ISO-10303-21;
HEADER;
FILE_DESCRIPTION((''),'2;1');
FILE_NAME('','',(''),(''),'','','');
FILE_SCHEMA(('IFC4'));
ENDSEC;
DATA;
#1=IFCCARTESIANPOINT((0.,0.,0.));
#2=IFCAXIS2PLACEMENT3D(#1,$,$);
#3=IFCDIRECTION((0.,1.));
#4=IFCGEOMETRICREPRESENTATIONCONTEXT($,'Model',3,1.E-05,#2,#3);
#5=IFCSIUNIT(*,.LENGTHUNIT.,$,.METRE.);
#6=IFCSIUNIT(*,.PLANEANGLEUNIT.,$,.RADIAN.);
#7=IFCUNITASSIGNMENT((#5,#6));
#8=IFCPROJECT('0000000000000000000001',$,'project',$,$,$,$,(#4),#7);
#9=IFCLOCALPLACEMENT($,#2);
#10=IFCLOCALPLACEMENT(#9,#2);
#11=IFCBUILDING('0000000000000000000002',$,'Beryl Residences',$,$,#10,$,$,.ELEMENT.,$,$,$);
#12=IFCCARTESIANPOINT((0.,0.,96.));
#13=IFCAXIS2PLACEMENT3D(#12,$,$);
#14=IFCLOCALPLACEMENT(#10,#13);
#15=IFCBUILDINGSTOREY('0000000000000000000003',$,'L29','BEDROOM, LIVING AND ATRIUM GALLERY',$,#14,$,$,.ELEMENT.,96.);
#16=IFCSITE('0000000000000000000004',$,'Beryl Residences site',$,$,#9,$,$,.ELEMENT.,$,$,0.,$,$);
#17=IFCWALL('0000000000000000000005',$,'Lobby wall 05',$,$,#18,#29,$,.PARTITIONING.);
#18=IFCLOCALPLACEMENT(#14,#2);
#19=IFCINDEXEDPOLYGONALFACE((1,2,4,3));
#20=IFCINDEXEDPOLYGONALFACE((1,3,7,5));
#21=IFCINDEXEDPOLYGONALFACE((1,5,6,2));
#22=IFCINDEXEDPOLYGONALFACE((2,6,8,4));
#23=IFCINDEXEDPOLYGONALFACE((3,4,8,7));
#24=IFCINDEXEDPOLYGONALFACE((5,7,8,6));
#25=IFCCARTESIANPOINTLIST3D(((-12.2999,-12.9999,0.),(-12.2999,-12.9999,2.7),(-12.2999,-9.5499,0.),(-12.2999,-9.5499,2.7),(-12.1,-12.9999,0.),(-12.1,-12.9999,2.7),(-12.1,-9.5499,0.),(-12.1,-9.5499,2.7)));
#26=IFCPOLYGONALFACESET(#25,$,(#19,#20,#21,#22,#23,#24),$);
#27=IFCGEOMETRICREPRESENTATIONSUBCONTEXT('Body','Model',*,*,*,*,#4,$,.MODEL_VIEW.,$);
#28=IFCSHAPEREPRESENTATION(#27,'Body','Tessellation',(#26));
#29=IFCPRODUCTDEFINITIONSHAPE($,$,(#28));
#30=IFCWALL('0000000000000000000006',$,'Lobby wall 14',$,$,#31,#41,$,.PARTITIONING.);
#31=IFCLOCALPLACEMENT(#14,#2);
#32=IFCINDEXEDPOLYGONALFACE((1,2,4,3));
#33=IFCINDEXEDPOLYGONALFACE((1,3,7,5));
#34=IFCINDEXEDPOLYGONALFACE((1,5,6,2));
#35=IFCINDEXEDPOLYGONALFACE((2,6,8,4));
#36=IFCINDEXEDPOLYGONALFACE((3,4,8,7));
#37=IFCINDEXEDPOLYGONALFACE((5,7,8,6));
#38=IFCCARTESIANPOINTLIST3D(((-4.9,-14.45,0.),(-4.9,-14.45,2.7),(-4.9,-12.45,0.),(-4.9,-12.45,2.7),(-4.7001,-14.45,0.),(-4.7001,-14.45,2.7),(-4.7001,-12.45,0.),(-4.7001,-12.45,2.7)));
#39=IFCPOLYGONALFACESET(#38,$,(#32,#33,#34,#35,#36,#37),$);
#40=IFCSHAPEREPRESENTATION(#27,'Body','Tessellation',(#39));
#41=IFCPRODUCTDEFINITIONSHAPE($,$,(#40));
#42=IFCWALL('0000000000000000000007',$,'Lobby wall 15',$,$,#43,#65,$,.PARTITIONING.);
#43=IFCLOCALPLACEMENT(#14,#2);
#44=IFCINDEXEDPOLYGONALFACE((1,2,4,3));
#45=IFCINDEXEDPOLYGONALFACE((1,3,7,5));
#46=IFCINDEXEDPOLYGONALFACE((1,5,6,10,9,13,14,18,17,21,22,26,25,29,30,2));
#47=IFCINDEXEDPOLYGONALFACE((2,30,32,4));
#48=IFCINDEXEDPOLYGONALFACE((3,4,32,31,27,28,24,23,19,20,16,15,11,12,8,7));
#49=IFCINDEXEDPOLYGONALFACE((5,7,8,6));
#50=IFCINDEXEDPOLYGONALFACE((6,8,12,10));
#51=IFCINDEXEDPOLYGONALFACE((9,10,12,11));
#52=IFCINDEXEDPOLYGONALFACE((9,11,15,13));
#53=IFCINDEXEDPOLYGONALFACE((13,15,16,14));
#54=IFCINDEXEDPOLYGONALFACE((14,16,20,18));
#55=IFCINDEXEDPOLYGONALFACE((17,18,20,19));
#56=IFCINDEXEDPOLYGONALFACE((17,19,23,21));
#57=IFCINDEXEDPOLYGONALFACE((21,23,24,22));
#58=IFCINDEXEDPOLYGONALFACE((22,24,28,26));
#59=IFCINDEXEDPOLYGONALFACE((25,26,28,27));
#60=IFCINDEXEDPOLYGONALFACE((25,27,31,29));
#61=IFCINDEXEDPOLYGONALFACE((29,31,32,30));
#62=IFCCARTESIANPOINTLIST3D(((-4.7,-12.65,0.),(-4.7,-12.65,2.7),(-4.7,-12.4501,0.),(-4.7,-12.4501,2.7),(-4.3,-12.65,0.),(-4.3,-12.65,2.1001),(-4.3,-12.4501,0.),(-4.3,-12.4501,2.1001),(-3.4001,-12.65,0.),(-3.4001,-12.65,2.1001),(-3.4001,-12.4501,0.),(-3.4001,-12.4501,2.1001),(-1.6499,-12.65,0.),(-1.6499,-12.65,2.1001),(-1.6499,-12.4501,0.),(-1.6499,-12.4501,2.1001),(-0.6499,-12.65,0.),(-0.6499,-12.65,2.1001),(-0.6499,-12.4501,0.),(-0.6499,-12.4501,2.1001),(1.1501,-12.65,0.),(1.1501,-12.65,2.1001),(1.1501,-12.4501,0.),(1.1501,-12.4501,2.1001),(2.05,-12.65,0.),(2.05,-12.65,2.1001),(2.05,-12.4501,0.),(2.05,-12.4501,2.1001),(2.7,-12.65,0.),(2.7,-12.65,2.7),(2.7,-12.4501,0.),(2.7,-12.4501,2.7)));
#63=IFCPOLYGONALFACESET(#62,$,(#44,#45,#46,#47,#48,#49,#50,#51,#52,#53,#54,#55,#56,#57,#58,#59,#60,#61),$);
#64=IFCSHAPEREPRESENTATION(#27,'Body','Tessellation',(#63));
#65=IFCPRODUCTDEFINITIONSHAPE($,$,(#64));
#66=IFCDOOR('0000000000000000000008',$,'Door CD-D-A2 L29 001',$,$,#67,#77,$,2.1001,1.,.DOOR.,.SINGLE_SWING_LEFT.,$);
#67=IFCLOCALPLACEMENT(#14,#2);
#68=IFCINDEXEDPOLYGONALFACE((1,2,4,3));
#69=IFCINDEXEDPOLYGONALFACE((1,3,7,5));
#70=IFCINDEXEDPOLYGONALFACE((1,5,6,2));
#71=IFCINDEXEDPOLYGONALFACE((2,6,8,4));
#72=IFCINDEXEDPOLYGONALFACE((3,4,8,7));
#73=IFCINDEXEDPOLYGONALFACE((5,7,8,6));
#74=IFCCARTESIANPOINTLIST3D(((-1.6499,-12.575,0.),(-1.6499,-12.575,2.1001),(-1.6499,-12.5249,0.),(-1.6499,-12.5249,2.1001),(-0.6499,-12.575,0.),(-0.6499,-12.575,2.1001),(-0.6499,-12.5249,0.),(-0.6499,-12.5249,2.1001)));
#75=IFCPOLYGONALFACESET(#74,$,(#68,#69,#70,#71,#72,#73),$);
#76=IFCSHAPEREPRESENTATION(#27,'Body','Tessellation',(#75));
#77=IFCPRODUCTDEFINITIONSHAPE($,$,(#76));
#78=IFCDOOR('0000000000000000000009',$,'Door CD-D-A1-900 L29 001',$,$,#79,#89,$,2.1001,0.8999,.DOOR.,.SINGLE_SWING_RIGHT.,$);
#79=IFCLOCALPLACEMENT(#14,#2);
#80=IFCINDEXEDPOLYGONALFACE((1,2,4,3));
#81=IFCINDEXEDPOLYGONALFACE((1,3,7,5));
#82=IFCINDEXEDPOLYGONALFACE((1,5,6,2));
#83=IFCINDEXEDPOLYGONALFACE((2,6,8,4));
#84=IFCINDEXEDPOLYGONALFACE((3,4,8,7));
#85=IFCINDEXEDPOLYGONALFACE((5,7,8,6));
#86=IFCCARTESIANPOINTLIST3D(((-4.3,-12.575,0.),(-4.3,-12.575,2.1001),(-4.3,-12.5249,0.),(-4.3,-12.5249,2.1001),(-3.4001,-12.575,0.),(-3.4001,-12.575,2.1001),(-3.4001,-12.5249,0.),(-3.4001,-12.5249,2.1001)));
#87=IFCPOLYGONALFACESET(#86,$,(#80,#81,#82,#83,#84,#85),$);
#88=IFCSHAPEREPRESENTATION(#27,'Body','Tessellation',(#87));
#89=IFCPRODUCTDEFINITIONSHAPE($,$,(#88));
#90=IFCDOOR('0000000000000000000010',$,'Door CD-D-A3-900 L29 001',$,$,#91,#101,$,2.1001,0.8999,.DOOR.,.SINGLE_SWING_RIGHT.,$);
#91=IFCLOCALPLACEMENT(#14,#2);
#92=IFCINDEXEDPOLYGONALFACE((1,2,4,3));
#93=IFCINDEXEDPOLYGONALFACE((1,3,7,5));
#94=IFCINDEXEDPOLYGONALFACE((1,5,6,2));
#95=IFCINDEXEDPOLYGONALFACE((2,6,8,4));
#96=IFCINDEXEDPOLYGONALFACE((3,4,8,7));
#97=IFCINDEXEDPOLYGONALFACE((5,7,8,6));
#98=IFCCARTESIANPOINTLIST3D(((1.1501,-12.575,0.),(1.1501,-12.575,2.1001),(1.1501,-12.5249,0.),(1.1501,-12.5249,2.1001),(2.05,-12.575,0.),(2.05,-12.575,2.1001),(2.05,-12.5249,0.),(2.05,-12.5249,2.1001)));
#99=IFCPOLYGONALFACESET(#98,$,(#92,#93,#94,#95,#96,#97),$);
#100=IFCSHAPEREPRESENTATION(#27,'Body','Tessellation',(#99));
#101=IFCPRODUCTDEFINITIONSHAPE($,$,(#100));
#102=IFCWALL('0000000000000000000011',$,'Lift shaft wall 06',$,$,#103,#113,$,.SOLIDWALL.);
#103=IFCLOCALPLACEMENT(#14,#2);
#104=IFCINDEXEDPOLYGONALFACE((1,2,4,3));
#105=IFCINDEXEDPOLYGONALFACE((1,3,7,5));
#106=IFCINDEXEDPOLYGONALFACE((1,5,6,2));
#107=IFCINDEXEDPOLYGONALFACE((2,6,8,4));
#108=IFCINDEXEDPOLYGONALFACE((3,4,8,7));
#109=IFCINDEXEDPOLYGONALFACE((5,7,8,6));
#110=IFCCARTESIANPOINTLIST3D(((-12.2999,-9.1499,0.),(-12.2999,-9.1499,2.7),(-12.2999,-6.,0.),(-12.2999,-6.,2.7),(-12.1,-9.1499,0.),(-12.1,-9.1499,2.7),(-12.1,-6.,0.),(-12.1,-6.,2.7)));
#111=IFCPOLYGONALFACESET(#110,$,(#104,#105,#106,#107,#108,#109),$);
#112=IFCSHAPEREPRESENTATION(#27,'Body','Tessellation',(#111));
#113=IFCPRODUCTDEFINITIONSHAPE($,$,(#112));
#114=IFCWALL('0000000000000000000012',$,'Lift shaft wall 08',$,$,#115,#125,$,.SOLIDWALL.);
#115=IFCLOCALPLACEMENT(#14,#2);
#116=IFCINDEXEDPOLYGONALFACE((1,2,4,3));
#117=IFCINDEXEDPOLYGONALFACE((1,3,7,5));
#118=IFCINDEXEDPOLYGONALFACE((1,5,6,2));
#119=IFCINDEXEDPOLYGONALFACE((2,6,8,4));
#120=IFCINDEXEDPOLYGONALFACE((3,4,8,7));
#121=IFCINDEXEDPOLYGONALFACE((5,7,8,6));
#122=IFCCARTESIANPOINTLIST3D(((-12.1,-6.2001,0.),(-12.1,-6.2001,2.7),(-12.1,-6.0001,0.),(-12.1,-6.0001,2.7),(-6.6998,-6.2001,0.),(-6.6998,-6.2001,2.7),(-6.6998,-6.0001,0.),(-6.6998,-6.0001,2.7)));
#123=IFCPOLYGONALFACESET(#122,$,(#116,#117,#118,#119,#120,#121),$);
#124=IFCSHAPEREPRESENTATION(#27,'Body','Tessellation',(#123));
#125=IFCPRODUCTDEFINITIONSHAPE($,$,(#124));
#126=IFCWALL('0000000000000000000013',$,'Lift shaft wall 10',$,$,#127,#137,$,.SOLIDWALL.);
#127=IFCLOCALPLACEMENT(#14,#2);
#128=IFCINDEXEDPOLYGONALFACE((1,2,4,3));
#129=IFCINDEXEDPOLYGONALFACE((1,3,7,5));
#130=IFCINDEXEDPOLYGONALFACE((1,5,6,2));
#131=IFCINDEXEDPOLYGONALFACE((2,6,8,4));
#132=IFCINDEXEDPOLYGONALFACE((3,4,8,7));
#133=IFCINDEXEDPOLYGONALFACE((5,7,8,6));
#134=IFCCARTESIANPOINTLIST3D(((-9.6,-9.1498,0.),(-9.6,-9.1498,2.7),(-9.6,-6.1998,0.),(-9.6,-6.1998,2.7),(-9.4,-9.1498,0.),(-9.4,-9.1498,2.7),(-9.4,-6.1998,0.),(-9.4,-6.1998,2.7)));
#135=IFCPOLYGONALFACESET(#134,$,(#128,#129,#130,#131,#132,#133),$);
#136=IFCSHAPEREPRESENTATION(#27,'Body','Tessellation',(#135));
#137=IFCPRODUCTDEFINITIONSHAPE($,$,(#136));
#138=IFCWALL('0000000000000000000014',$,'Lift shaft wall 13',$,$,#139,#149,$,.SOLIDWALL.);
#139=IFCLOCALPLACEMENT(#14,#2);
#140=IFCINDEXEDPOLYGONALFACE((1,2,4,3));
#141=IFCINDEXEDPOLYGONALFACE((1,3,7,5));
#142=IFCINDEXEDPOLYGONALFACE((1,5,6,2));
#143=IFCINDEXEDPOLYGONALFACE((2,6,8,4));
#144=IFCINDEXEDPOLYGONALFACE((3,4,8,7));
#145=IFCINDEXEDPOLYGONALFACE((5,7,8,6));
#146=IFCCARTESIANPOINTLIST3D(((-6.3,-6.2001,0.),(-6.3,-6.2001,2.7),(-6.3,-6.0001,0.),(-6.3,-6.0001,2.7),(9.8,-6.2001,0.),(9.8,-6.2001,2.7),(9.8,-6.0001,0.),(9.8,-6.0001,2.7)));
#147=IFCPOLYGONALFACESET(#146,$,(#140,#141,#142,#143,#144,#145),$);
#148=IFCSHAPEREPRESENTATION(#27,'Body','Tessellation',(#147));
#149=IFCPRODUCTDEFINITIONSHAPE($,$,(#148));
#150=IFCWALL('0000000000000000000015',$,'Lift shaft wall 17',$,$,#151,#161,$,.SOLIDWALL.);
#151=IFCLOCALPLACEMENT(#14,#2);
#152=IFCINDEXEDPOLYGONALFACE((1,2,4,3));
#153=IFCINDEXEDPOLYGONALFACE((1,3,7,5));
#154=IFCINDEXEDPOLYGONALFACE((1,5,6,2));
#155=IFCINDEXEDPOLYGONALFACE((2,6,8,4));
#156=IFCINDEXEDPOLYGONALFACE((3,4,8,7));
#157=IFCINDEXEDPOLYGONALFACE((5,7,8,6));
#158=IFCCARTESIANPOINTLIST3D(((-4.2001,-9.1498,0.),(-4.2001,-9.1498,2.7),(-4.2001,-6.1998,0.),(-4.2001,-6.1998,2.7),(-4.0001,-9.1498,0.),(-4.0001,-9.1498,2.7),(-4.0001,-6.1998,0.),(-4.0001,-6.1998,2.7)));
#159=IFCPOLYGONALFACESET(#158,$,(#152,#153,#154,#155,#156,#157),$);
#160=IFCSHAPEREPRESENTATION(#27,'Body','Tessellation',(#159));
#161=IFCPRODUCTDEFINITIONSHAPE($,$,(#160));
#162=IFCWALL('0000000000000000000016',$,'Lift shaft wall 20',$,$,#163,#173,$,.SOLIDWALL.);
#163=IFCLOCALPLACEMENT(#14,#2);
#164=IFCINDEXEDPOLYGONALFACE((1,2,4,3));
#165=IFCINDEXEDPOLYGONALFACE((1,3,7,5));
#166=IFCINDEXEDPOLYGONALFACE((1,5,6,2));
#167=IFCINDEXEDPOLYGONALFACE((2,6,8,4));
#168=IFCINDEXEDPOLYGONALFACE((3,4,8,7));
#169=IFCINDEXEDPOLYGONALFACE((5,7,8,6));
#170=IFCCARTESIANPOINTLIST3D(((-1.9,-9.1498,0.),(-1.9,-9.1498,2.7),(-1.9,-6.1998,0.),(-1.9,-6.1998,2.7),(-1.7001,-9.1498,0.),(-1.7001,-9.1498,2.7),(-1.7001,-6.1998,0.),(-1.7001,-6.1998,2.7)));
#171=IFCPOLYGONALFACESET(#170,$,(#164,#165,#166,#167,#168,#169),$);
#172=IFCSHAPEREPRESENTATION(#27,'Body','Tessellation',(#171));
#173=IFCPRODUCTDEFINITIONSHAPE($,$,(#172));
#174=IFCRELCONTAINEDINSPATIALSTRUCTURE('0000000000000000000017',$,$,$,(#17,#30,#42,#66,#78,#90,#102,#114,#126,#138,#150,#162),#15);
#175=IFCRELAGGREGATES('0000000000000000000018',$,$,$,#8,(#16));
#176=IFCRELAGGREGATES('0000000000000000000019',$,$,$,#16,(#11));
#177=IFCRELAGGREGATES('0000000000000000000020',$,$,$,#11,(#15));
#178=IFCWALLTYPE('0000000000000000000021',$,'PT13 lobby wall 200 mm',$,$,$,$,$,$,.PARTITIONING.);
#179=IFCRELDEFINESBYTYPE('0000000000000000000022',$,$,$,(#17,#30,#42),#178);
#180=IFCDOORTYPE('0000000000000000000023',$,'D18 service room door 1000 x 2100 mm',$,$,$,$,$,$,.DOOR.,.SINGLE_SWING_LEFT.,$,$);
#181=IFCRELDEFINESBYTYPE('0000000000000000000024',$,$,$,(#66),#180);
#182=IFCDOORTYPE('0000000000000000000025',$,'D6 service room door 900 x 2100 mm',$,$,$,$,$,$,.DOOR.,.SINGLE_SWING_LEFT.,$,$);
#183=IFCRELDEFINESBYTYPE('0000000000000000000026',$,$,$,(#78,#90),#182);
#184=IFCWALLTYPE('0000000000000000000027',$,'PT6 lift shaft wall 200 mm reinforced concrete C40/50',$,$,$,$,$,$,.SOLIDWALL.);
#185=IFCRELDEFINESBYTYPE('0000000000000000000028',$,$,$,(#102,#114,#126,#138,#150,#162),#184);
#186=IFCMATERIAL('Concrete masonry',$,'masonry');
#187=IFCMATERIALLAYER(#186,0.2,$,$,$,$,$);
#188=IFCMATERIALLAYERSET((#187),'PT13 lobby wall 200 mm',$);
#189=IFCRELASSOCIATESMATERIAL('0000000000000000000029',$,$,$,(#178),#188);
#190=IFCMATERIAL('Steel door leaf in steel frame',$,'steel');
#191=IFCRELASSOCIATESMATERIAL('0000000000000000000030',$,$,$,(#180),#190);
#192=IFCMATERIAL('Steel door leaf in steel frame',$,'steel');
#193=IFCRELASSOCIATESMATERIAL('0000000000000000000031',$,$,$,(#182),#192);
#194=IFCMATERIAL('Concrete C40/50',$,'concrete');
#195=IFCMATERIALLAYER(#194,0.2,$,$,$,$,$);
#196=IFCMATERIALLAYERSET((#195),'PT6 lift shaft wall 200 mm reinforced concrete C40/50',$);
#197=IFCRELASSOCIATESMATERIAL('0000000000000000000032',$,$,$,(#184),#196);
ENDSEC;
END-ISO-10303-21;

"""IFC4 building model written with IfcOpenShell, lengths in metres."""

from ifc_helpers import new_model, si_unit, direction, frame, frame_2d, origin, place, context, subcontext, project, spatial, rectangle, extrude, material, layer, layer_set, type_object, element, fill, save


model = new_model("IFC4")

# Units and contexts
model_context = context("Model", 3, precision=1e-05, world=origin(), true_north=direction((0.0, 1.0)))
body_context = subcontext(model_context, "Body", "Model", "MODEL_VIEW")
ifc_project = project(units=[si_unit("LENGTHUNIT", "METRE"), si_unit("PLANEANGLEUNIT", "RADIAN")], contexts=[model_context])

# Site, building, storey
site_placement = place(None, origin())
site = spatial("IfcSite", under=ifc_project, at=site_placement, Name="Beryl Residences site", CompositionType="ELEMENT", RefElevation=0.0)
building_placement = place(site_placement, origin())
building = spatial("IfcBuilding", under=site, at=building_placement, Name="Beryl Residences", CompositionType="ELEMENT")
storey_placement = place(building_placement, frame((0.0, 0.0, 96.0)))
storey = spatial("IfcBuildingStorey", under=building, at=storey_placement, Name="L29", Description="BEDROOM, LIVING AND ATRIUM GALLERY", CompositionType="ELEMENT", Elevation=96.0)

# Walls
ifc_material_1 = material(Name="Concrete masonry", Category="masonry")
ifc_layer_1 = layer(ifc_material_1, 0.2)
ifc_layer_set_1 = layer_set([ifc_layer_1], Name="PT13 lobby wall 200 mm")
wall_type_1 = type_object("IfcWallType", Name="PT13 lobby wall 200 mm", PredefinedType="PARTITIONING", material=ifc_layer_set_1)
wall_1_placement = place(storey_placement, frame((-12.2, -13.0, 0.0), z_axis=(0.0, 0.0, 1.0), x_axis=(0.0, 1.0, 0.0)))
element("IfcWall", 1, at=wall_1_placement, inside=storey, type_object=wall_type_1, Name="Lobby wall 05", PredefinedType="PARTITIONING", context=body_context, shape_type="SweptSolid", body=[
    extrude(rectangle(XDim=3.45, YDim=0.2, at=frame_2d((1.7251, 0.0))), origin(), (0.0, 0.0, 1.0), 2.7),
])
wall_2_placement = place(storey_placement, frame((-4.8, -14.45, 0.0), z_axis=(0.0, 0.0, 1.0), x_axis=(0.0, 1.0, 0.0)))
element("IfcWall", 2, at=wall_2_placement, inside=storey, type_object=wall_type_1, Name="Lobby wall 14", PredefinedType="PARTITIONING", context=body_context, shape_type="SweptSolid", body=[
    extrude(rectangle(XDim=2.0, YDim=0.2, at=frame_2d((1.0, 0.0))), origin(), (0.0, 0.0, 1.0), 2.7),
])

# Wall, openings, doors
wall_3_placement = place(storey_placement, frame((-4.7, -12.55, 0.0), z_axis=(0.0, 0.0, 1.0), x_axis=(1.0, 0.0, 0.0)))
wall_3 = element("IfcWall", 3, at=wall_3_placement, inside=storey, type_object=wall_type_1, Name="Lobby wall 15", PredefinedType="PARTITIONING", context=body_context, shape_type="SweptSolid", body=[
    extrude(rectangle(XDim=7.3999, YDim=0.2, at=frame_2d((3.7, 0.0))), origin(), (0.0, 0.0, 1.0), 2.7),
])
opening_1_placement = place(wall_3_placement, frame((1.2998, 0.0, 0.0), z_axis=(0.0, 0.0, 1.0), x_axis=(-1.0, 0.0, 0.0)))
opening_1 = element("IfcOpeningElement", 4, at=opening_1_placement, cuts=wall_3, PredefinedType="OPENING", context=body_context, shape_type="SweptSolid", body=[
    extrude(rectangle(XDim=0.8999, YDim=2.1001, at=frame_2d((0.45, 1.05))), frame((0.0, 0.1099, 0.0), z_axis=(0.0, -1.0, 0.0), x_axis=(1.0, 0.0, 0.0)), (0.0, 0.0, 1.0), 0.22),
])
opening_2_placement = place(wall_3_placement, frame((4.05, 0.0, 0.0), z_axis=(0.0, 0.0, 1.0), x_axis=(-1.0, 0.0, 0.0)))
opening_2 = element("IfcOpeningElement", 5, at=opening_2_placement, cuts=wall_3, PredefinedType="OPENING", context=body_context, shape_type="SweptSolid", body=[
    extrude(rectangle(XDim=1.0, YDim=2.1001, at=frame_2d((0.5, 1.05))), frame((0.0, 0.1099, 0.0), z_axis=(0.0, -1.0, 0.0), x_axis=(1.0, 0.0, 0.0)), (0.0, 0.0, 1.0), 0.22),
])
opening_3_placement = place(wall_3_placement, frame((6.75, 0.0, 0.0), z_axis=(0.0, 0.0, 1.0), x_axis=(-1.0, 0.0, 0.0)))
opening_3 = element("IfcOpeningElement", 6, at=opening_3_placement, cuts=wall_3, PredefinedType="OPENING", context=body_context, shape_type="SweptSolid", body=[
    extrude(rectangle(XDim=0.8999, YDim=2.1001, at=frame_2d((0.45, 1.05))), frame((0.0, 0.1099, 0.0), z_axis=(0.0, -1.0, 0.0), x_axis=(1.0, 0.0, 0.0)), (0.0, 0.0, 1.0), 0.22),
])
ifc_material_2 = material(Name="Steel door leaf in steel frame", Category="steel")
door_type_1 = type_object("IfcDoorType", Name="D18 service room door 1000 x 2100 mm", OperationType="SINGLE_SWING_LEFT", PredefinedType="DOOR", material=ifc_material_2)
door_1_placement = place(opening_2_placement, origin())
door_1 = element("IfcDoor", 7, at=door_1_placement, inside=storey, type_object=door_type_1, Name="Door CD-D-A2 L29 001", OperationType="SINGLE_SWING_LEFT", OverallHeight=2.1001, OverallWidth=1.0, PredefinedType="DOOR", context=body_context, shape_type="SweptSolid", body=[
    extrude(rectangle(XDim=1.0, YDim=2.1001, at=frame_2d((0.5, 1.05))), frame((0.0, 0.0249, 0.0), z_axis=(0.0, -1.0, 0.0), x_axis=(1.0, 0.0, 0.0)), (0.0, 0.0, 1.0), 0.05),
])
fill(opening_2, door_1)
ifc_material_3 = material(Name="Steel door leaf in steel frame", Category="steel")
door_type_2 = type_object("IfcDoorType", Name="D6 service room door 900 x 2100 mm", OperationType="SINGLE_SWING_LEFT", PredefinedType="DOOR", material=ifc_material_3)
door_2_placement = place(opening_1_placement, origin())
door_2 = element("IfcDoor", 8, at=door_2_placement, inside=storey, type_object=door_type_2, Name="Door CD-D-A1-900 L29 001", OperationType="SINGLE_SWING_RIGHT", OverallHeight=2.1001, OverallWidth=0.8999, PredefinedType="DOOR", context=body_context, shape_type="SweptSolid", body=[
    extrude(rectangle(XDim=0.8999, YDim=2.1001, at=frame_2d((0.45, 1.05))), frame((0.0, 0.0249, 0.0), z_axis=(0.0, -1.0, 0.0), x_axis=(1.0, 0.0, 0.0)), (0.0, 0.0, 1.0), 0.05),
])
fill(opening_1, door_2)
door_3_placement = place(opening_3_placement, origin())
door_3 = element("IfcDoor", 9, at=door_3_placement, inside=storey, type_object=door_type_2, Name="Door CD-D-A3-900 L29 001", OperationType="SINGLE_SWING_RIGHT", OverallHeight=2.1001, OverallWidth=0.8999, PredefinedType="DOOR", context=body_context, shape_type="SweptSolid", body=[
    extrude(rectangle(XDim=0.8999, YDim=2.1001, at=frame_2d((0.45, 1.05))), frame((0.0, 0.0249, 0.0), z_axis=(0.0, -1.0, 0.0), x_axis=(1.0, 0.0, 0.0)), (0.0, 0.0, 1.0), 0.05),
])
fill(opening_3, door_3)

# Walls
ifc_material_4 = material(Name="Concrete C40/50", Category="concrete")
ifc_layer_2 = layer(ifc_material_4, 0.2)
ifc_layer_set_2 = layer_set([ifc_layer_2], Name="PT6 lift shaft wall 200 mm reinforced concrete C40/50")
wall_type_2 = type_object("IfcWallType", Name="PT6 lift shaft wall 200 mm reinforced concrete C40/50", PredefinedType="SOLIDWALL", material=ifc_layer_set_2)
wall_4_placement = place(storey_placement, frame((-12.2, -9.1499, 0.0), z_axis=(0.0, 0.0, 1.0), x_axis=(0.0, 1.0, 0.0)))
element("IfcWall", 10, at=wall_4_placement, inside=storey, type_object=wall_type_2, Name="Lift shaft wall 06", PredefinedType="SOLIDWALL", context=body_context, shape_type="SweptSolid", body=[
    extrude(rectangle(XDim=3.1499, YDim=0.2, at=frame_2d((1.575, 0.0))), origin(), (0.0, 0.0, 1.0), 2.7),
])
wall_5_placement = place(storey_placement, frame((-12.1001, -6.1001, 0.0), z_axis=(0.0, 0.0, 1.0), x_axis=(1.0, 0.0, 0.0)))
element("IfcWall", 11, at=wall_5_placement, inside=storey, type_object=wall_type_2, Name="Lift shaft wall 08", PredefinedType="SOLIDWALL", context=body_context, shape_type="SweptSolid", body=[
    extrude(rectangle(XDim=5.4001, YDim=0.2, at=frame_2d((2.7002, 0.0))), origin(), (0.0, 0.0, 1.0), 2.7),
])
wall_6_placement = place(storey_placement, frame((-9.5, -9.1499, 0.0), z_axis=(0.0, 0.0, 1.0), x_axis=(0.0, 1.0, 0.0)))
element("IfcWall", 12, at=wall_6_placement, inside=storey, type_object=wall_type_2, Name="Lift shaft wall 10", PredefinedType="SOLIDWALL", context=body_context, shape_type="SweptSolid", body=[
    extrude(rectangle(XDim=2.95, YDim=0.2, at=frame_2d((1.4751, 0.0))), origin(), (0.0, 0.0, 1.0), 2.7),
])
wall_7_placement = place(storey_placement, frame((-6.3, -6.1001, 0.0), z_axis=(0.0, 0.0, 1.0), x_axis=(1.0, 0.0, 0.0)))
element("IfcWall", 13, at=wall_7_placement, inside=storey, type_object=wall_type_2, Name="Lift shaft wall 13", PredefinedType="SOLIDWALL", context=body_context, shape_type="SweptSolid", body=[
    extrude(rectangle(XDim=16.1001, YDim=0.2, at=frame_2d((8.05, 0.0))), origin(), (0.0, 0.0, 1.0), 2.7),
])
for number, where, z_axis, x_axis, name in (
    (14, (-4.1001, -9.1499, 0.0), (0.0, 0.0, 1.0), (0.0, 1.0, 0.0), "Lift shaft wall 17"),
    (15, (-1.8, -9.1499, 0.0), (0.0, 0.0, 1.0), (0.0, 1.0, 0.0), "Lift shaft wall 20"),
):
    element("IfcWall", number, at=place(storey_placement, frame(where, z_axis=z_axis, x_axis=x_axis)), inside=storey, type_object=wall_type_2, Name=name, PredefinedType="SOLIDWALL", context=body_context, shape_type="SweptSolid", body=[
        extrude(rectangle(XDim=2.95, YDim=0.2, at=frame_2d((1.4751, 0.0))), origin(), (0.0, 0.0, 1.0), 2.7),
    ])

save(model, "model.ifc")
